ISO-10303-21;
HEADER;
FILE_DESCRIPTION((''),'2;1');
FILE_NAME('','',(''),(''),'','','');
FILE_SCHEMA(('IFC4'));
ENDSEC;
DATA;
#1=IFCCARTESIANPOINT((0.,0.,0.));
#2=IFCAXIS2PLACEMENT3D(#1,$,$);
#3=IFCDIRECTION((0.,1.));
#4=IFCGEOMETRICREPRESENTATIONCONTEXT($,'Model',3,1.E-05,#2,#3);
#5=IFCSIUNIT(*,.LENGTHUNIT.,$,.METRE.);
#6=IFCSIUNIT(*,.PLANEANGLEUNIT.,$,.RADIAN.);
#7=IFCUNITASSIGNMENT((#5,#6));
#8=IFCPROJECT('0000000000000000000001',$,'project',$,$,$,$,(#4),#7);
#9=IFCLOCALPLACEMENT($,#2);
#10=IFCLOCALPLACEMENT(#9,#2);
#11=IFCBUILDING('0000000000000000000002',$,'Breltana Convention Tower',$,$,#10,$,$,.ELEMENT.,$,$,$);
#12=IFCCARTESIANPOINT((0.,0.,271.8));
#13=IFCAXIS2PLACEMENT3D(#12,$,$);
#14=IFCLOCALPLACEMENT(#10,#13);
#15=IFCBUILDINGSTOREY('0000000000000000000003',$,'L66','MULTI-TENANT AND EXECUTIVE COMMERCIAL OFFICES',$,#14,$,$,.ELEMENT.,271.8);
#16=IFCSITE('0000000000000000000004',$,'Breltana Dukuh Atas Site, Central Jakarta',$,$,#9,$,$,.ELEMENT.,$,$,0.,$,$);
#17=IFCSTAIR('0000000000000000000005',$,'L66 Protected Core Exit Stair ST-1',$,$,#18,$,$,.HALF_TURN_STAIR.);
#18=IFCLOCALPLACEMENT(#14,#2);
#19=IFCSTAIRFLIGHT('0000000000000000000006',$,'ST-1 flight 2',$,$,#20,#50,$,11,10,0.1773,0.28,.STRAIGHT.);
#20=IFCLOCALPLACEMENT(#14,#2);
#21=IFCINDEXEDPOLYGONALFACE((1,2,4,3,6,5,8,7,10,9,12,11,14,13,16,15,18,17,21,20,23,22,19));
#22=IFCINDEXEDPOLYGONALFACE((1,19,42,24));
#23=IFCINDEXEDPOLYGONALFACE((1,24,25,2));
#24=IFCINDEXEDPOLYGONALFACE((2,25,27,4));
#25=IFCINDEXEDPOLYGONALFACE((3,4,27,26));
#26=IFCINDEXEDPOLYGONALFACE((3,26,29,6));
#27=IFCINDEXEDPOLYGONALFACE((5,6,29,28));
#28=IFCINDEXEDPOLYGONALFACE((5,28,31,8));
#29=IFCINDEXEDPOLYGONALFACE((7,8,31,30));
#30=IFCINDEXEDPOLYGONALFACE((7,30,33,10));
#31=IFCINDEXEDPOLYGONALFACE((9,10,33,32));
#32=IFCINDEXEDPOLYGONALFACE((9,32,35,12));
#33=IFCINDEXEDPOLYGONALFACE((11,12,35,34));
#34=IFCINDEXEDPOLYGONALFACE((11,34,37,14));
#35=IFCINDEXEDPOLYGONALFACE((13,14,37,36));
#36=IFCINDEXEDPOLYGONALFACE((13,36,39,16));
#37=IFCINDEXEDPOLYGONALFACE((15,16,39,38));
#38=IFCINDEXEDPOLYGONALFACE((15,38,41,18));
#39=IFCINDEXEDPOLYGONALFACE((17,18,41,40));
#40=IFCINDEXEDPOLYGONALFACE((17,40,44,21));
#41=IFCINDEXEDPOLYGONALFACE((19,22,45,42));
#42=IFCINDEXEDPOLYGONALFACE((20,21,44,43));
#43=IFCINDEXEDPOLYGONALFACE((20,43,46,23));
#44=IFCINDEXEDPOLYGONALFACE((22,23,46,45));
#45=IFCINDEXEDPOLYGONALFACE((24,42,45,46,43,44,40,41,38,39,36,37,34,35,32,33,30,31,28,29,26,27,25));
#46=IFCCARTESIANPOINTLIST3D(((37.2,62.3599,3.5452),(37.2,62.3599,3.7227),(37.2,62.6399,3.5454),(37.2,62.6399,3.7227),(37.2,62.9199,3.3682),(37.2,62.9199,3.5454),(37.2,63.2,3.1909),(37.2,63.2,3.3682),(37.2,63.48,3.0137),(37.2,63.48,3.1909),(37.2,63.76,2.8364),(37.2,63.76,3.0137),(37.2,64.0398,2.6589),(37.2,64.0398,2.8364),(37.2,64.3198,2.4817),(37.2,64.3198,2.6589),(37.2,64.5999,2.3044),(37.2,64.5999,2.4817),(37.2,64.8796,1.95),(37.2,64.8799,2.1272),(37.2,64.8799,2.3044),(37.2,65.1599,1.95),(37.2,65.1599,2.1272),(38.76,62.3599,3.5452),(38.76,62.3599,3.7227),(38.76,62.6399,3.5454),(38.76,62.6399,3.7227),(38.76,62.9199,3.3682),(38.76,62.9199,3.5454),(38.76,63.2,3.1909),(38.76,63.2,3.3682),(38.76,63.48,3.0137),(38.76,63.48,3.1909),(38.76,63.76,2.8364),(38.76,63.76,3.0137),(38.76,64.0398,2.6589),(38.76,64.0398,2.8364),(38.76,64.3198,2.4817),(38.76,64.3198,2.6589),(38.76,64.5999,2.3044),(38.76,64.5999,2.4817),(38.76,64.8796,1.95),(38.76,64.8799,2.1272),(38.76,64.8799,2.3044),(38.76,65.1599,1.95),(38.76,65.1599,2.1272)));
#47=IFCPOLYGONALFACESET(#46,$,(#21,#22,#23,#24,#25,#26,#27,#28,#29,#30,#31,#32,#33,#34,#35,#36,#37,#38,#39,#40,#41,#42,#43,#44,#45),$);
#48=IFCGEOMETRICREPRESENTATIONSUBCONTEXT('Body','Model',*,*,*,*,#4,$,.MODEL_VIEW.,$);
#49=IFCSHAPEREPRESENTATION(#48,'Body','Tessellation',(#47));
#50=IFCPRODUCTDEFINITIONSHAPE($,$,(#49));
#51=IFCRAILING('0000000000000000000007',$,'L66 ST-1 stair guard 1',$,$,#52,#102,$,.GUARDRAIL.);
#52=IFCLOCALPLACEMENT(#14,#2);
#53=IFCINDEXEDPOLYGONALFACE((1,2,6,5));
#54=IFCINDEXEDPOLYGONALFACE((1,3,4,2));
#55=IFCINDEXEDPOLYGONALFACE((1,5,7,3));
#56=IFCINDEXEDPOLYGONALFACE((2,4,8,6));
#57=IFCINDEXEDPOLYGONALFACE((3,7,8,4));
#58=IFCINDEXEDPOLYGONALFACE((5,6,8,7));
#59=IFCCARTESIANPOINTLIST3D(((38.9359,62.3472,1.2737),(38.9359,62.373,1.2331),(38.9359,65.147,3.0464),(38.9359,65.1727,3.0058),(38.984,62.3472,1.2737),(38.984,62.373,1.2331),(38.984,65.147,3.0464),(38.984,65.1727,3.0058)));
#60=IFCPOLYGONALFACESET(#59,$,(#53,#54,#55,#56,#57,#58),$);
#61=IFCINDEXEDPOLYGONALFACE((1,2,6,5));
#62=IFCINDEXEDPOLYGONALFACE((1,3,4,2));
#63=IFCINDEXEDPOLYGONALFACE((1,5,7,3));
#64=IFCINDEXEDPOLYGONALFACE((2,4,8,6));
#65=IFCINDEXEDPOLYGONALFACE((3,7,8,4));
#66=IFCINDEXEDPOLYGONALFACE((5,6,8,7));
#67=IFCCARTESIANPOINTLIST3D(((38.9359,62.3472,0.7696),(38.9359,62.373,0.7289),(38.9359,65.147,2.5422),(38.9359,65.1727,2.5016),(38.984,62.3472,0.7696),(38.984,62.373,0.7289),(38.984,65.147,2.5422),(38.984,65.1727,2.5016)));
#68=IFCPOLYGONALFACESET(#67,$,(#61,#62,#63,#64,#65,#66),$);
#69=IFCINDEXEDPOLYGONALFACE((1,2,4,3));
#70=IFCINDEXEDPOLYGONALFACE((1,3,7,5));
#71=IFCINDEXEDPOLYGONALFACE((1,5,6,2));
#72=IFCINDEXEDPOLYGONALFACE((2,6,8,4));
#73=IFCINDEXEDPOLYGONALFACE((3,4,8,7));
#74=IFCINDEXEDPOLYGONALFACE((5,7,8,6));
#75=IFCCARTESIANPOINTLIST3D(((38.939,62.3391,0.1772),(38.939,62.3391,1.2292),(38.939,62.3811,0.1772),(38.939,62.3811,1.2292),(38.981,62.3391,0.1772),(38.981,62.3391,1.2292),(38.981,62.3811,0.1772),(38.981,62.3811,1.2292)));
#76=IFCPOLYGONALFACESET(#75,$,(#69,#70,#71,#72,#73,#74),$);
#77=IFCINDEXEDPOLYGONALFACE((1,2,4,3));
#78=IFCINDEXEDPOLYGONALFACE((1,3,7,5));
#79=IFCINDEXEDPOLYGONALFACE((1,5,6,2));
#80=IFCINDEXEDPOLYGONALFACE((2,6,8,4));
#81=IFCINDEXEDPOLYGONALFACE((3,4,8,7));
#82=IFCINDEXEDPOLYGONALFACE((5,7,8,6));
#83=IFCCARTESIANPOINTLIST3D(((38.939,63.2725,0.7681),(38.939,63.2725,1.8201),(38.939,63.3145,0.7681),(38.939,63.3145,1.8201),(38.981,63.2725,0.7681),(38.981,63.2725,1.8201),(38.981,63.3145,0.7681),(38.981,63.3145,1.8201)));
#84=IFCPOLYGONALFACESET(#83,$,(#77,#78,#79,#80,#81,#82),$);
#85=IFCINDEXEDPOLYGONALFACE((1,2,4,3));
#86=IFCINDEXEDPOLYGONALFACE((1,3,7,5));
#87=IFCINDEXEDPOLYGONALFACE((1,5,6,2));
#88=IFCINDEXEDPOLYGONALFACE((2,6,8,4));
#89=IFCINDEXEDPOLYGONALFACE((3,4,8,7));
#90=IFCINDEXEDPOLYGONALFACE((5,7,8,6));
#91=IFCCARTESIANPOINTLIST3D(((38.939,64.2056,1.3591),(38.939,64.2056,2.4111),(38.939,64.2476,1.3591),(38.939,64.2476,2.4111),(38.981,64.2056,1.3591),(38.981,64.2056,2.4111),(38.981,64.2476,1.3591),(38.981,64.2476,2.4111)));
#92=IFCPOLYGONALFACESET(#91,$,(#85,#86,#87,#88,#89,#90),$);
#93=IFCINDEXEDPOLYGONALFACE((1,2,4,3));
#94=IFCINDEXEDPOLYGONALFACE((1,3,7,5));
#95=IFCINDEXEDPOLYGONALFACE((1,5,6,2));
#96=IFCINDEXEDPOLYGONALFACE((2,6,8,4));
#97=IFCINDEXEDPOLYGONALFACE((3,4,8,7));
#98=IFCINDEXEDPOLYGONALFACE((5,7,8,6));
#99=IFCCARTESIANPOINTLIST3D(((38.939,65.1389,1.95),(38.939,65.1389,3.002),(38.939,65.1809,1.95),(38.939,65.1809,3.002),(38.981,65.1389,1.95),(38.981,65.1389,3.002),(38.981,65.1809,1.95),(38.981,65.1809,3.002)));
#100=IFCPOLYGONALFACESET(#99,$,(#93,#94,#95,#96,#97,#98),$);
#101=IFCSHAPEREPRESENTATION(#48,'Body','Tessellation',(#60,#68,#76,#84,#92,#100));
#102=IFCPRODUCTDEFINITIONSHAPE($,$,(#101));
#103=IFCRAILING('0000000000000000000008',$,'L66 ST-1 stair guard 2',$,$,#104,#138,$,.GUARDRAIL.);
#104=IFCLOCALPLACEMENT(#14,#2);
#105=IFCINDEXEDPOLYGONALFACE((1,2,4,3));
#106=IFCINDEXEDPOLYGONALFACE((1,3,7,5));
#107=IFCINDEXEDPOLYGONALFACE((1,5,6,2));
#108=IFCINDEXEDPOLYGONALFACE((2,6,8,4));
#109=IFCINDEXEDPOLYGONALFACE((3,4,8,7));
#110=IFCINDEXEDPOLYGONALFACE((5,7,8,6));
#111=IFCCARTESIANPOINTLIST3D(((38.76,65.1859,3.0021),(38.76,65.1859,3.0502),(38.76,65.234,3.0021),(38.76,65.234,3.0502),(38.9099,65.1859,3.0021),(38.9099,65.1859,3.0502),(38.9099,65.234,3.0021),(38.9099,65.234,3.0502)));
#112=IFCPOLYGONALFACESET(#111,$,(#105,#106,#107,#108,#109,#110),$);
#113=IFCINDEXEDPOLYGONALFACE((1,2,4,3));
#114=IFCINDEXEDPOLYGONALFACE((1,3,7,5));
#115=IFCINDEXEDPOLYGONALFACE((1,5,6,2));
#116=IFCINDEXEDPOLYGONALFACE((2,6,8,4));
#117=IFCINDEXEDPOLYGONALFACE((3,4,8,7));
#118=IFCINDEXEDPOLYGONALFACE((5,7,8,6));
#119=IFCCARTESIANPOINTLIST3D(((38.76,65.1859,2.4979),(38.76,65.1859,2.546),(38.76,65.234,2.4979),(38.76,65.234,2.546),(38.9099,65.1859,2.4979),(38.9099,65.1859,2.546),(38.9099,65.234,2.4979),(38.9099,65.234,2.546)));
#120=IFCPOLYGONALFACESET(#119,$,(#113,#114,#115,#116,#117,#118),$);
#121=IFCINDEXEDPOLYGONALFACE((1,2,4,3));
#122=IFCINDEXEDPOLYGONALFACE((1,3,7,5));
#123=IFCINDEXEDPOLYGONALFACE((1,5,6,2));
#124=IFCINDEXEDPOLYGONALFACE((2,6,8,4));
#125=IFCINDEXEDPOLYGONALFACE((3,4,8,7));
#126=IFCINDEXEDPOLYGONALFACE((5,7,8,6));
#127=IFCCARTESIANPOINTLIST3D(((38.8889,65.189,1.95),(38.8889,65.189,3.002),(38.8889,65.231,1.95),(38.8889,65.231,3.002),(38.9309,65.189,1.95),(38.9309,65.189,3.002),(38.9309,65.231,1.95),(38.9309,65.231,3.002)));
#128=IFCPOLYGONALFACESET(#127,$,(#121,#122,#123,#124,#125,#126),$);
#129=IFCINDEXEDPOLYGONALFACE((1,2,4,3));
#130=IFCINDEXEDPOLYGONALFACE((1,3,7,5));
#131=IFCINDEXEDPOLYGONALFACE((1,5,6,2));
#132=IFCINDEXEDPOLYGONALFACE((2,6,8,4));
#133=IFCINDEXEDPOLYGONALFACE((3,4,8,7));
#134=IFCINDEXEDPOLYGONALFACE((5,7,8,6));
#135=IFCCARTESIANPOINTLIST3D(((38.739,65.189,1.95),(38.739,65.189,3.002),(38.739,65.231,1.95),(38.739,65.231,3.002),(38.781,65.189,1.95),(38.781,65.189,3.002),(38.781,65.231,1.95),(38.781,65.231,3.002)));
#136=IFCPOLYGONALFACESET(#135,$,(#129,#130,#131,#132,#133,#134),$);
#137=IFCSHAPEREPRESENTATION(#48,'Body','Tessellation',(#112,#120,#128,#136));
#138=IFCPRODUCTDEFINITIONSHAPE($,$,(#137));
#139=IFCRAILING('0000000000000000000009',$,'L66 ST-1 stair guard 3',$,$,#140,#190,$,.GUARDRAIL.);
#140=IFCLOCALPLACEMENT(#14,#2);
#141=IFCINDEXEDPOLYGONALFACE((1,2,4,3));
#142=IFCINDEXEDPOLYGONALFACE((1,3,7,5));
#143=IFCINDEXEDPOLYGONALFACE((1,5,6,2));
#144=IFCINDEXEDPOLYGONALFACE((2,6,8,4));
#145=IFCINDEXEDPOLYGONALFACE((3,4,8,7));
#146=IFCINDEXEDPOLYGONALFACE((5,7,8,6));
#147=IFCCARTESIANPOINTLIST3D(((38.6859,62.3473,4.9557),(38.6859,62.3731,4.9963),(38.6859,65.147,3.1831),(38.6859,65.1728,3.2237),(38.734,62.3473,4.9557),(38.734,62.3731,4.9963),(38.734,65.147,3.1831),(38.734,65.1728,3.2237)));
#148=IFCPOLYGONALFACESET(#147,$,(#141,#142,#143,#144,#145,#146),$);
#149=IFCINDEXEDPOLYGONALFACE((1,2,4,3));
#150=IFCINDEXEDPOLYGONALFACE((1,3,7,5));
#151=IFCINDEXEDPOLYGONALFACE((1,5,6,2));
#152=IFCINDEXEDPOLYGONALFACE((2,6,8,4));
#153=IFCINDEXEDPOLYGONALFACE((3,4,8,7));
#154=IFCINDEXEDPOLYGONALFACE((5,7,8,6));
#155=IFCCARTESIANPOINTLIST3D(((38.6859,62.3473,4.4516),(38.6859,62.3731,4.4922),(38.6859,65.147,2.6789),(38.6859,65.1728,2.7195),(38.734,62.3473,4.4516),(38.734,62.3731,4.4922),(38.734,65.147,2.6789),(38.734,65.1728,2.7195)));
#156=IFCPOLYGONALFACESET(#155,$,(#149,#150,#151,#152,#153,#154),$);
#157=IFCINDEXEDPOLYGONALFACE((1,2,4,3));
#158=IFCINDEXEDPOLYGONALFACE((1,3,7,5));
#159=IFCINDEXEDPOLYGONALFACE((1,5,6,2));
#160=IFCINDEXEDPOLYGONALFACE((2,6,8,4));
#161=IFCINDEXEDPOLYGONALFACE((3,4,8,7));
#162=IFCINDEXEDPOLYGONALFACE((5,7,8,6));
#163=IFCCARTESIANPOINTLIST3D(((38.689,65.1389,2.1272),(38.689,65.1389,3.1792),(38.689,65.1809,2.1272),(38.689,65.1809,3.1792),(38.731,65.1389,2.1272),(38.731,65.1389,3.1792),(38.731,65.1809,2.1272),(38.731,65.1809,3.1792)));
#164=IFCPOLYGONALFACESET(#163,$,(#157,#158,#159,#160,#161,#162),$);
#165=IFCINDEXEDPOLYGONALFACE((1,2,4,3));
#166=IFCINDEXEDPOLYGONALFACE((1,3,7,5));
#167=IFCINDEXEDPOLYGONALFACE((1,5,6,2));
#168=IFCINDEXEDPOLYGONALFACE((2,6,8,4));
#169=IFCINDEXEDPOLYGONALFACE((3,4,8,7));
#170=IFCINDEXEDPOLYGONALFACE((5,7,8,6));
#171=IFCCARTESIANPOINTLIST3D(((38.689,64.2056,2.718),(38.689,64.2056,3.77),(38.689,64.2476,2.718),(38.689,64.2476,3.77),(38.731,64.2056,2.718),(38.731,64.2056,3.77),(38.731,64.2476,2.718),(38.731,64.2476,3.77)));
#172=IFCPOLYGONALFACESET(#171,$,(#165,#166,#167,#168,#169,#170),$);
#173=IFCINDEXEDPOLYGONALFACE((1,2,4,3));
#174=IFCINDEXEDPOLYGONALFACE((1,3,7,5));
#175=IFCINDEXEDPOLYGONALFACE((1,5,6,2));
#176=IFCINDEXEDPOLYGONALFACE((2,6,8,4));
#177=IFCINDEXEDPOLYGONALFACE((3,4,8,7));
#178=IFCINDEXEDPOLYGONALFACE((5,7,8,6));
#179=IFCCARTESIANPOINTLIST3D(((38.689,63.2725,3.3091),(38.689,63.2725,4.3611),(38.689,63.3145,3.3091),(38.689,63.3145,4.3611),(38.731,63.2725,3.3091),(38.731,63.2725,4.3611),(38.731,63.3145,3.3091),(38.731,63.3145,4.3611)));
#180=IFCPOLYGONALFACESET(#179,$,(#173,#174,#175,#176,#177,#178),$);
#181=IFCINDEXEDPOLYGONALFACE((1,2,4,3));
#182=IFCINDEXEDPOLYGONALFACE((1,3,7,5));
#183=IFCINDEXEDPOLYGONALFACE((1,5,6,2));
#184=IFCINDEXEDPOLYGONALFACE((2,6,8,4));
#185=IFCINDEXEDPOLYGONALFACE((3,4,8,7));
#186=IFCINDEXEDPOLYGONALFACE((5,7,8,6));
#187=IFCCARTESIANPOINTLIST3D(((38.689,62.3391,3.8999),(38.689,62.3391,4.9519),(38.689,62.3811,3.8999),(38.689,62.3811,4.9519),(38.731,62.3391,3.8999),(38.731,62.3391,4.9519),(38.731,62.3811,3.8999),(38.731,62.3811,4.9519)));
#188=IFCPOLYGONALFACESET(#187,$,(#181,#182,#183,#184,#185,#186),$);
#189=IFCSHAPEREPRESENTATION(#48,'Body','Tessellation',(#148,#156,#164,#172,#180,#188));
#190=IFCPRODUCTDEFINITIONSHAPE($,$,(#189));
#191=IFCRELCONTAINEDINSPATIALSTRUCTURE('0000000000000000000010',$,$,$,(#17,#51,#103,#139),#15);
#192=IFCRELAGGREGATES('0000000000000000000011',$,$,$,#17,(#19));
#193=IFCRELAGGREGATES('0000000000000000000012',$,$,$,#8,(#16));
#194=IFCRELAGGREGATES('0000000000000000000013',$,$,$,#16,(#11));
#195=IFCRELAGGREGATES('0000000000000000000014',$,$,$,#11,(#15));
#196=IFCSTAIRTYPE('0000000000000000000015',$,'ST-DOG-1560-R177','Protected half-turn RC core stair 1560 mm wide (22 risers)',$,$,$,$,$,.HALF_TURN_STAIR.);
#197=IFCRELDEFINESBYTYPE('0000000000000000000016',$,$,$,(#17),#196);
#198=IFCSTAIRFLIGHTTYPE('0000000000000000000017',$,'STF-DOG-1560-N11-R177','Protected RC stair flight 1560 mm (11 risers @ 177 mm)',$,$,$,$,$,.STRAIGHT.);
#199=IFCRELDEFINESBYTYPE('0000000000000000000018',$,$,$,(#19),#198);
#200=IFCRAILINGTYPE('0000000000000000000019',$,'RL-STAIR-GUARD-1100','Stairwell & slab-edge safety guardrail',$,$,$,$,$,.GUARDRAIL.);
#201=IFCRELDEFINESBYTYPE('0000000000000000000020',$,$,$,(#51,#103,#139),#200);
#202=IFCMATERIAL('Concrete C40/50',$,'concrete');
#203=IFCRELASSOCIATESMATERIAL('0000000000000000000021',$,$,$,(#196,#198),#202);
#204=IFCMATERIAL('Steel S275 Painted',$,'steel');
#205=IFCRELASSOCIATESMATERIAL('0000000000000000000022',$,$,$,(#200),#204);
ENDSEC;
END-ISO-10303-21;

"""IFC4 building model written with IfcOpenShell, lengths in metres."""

from ifc_helpers import new_model, si_unit, direction, frame, origin, origin_2d, place, context, subcontext, project, spatial, polyline, rectangle, outline, extrude, material, type_object, element, aggregate, save


model = new_model("IFC4")

# Units and contexts
model_context = context("Model", 3, precision=1e-05, world=origin(), true_north=direction((0.0, 1.0)))
body_context = subcontext(model_context, "Body", "Model", "MODEL_VIEW")
ifc_project = project(units=[si_unit("LENGTHUNIT", "METRE"), si_unit("PLANEANGLEUNIT", "RADIAN")], contexts=[model_context])

# Site, building, storey
site_placement = place(None, origin())
site = spatial("IfcSite", under=ifc_project, at=site_placement, Name="Breltana Dukuh Atas Site, Central Jakarta", CompositionType="ELEMENT", RefElevation=0.0)
building_placement = place(site_placement, origin())
building = spatial("IfcBuilding", under=site, at=building_placement, Name="Breltana Convention Tower", CompositionType="ELEMENT")
storey_placement = place(building_placement, frame((0.0, 0.0, 271.8)))
storey = spatial("IfcBuildingStorey", under=building, at=storey_placement, Name="L66", Description="MULTI-TENANT AND EXECUTIVE COMMERCIAL OFFICES", CompositionType="ELEMENT", Elevation=271.8)

# Stair, stair flight
ifc_material_1 = material(Name="Concrete C40/50", Category="concrete")
stair_type = type_object("IfcStairType", Name="ST-DOG-1560-R177", Description="Protected half-turn RC core stair 1560 mm wide (22 risers)", PredefinedType="HALF_TURN_STAIR", material=ifc_material_1)
stair_placement = place(storey_placement, origin())
stair = element("IfcStair", 1, at=stair_placement, inside=storey, type_object=stair_type, Name="L66 Protected Core Exit Stair ST-1", PredefinedType="HALF_TURN_STAIR")
stair_flight_type = type_object("IfcStairFlightType", Name="STF-DOG-1560-N11-R177", Description="Protected RC stair flight 1560 mm (11 risers @ 177 mm)", PredefinedType="STRAIGHT", material=ifc_material_1)
stair_flight_1_placement = place(storey_placement, frame((37.98, 65.1599, 1.95), z_axis=(0.0, 0.0, 1.0), x_axis=(0.0, -1.0, 0.0)))
stair_flight_1 = element("IfcStairFlight", 2, at=stair_flight_1_placement, type_object=stair_flight_type, Name="ST-1 flight 2", NumberOfRisers=11, NumberOfTreads=10, PredefinedType="STRAIGHT", RiserHeight=0.1773, TreadLength=0.28, context=body_context, shape_type="SweptSolid", body=[
    extrude(outline(polyline([(0.0, 0.0), (0.0, 0.1772), (0.28, 0.1772), (0.28, 0.3545), (0.5601, 0.3545), (0.5601, 0.5317), (0.8401, 0.5317), (0.8401, 0.709), (1.1201, 0.709), (1.1201, 0.8865), (1.3999, 0.8865), (1.3999, 1.0637), (1.6799, 1.0637), (1.6799, 1.241), (1.96, 1.241), (1.96, 1.4182), (2.24, 1.4182), (2.24, 1.5955), (2.52, 1.5955), (2.52, 1.7727), (2.8, 1.7727), (2.8, 1.95), (2.8, 1.5952), (0.2803, 0.0), (0.0, 0.0)])), frame((0.0, 0.78, 0.0), z_axis=(0.0, -1.0, 0.0), x_axis=(1.0, 0.0, 0.0)), (0.0, 0.0, 1.0), 1.5601),
])
aggregate(stair, [stair_flight_1])

# Railings
ifc_material_2 = material(Name="Steel S275 Painted", Category="steel")
railing_type_1 = type_object("IfcRailingType", Name="RL-STAIR-GUARD-1100", Description="Stairwell & slab-edge safety guardrail", PredefinedType="GUARDRAIL", material=ifc_material_2)
railing_1_placement = place(storey_placement, frame((38.96, 62.3601, 0.1772)))
element("IfcRailing", 3, at=railing_1_placement, inside=storey, type_object=railing_type_1, Name="L66 ST-1 stair guard 1", PredefinedType="GUARDRAIL", context=body_context, shape_type="SweptSolid", body=[
    extrude(rectangle(XDim=0.0481, YDim=0.0481, at=origin_2d()), frame((0.0, 0.0, 1.0762), z_axis=(0.0, 0.844888, 0.534943), x_axis=(-1.0, 0.0, 0.0)), (0.0, 0.0, 1.0), 3.3137),
    extrude(rectangle(XDim=0.0481, YDim=0.0481, at=origin_2d()), frame((0.0, 0.0, 0.572), z_axis=(0.0, 0.844888, 0.534943), x_axis=(-1.0, 0.0, 0.0)), (0.0, 0.0, 1.0), 3.3137),
    extrude(rectangle(XDim=0.042, YDim=0.042, at=origin_2d()), origin(), (0.0, 0.0, 1.0), 1.052),
    extrude(rectangle(XDim=0.042, YDim=0.042, at=origin_2d()), frame((0.0, 0.9333, 0.5908)), (0.0, 0.0, 1.0), 1.052),
    extrude(rectangle(XDim=0.042, YDim=0.042, at=origin_2d()), frame((0.0, 1.8665, 1.1819)), (0.0, 0.0, 1.0), 1.052),
    extrude(rectangle(XDim=0.042, YDim=0.042, at=origin_2d()), frame((0.0, 2.7998, 1.7727)), (0.0, 0.0, 1.0), 1.052),
])
railing_2_placement = place(storey_placement, frame((38.9099, 65.21, 1.95)))
element("IfcRailing", 4, at=railing_2_placement, inside=storey, type_object=railing_type_1, Name="L66 ST-1 stair guard 2", PredefinedType="GUARDRAIL", context=body_context, shape_type="SweptSolid", body=[
    extrude(rectangle(XDim=0.0481, YDim=0.0481, at=origin_2d()), frame((0.0, 0.0, 1.0762), z_axis=(-1.0, 0.0, 0.0), x_axis=(0.0, -1.0, 0.0)), (0.0, 0.0, 1.0), 0.1499),
    extrude(rectangle(XDim=0.0481, YDim=0.0481, at=origin_2d()), frame((0.0, 0.0, 0.572), z_axis=(-1.0, 0.0, 0.0), x_axis=(0.0, -1.0, 0.0)), (0.0, 0.0, 1.0), 0.1499),
    extrude(rectangle(XDim=0.042, YDim=0.042, at=origin_2d()), origin(), (0.0, 0.0, 1.0), 1.052),
    extrude(rectangle(XDim=0.042, YDim=0.042, at=origin_2d()), frame((-0.1499, 0.0, 0.0)), (0.0, 0.0, 1.0), 1.052),
])
railing_3_placement = place(storey_placement, frame((38.71, 65.1599, 2.1272)))
element("IfcRailing", 5, at=railing_3_placement, inside=storey, type_object=railing_type_1, Name="L66 ST-1 stair guard 3", PredefinedType="GUARDRAIL", context=body_context, shape_type="SweptSolid", body=[
    extrude(rectangle(XDim=0.0481, YDim=0.0481, at=origin_2d()), frame((0.0, 0.0, 1.0762), z_axis=(0.0, -0.844888, 0.534943), x_axis=(1.0, 0.0, 0.0)), (0.0, 0.0, 1.0), 3.3137),
    extrude(rectangle(XDim=0.0481, YDim=0.0481, at=origin_2d()), frame((0.0, 0.0, 0.572), z_axis=(0.0, -0.844888, 0.534943), x_axis=(1.0, 0.0, 0.0)), (0.0, 0.0, 1.0), 3.3137),
    extrude(rectangle(XDim=0.042, YDim=0.042, at=origin_2d()), origin(), (0.0, 0.0, 1.0), 1.052),
    extrude(rectangle(XDim=0.042, YDim=0.042, at=origin_2d()), frame((0.0, -0.9333, 0.5908)), (0.0, 0.0, 1.0), 1.052),
    extrude(rectangle(XDim=0.042, YDim=0.042, at=origin_2d()), frame((0.0, -1.8665, 1.1819)), (0.0, 0.0, 1.0), 1.052),
    extrude(rectangle(XDim=0.042, YDim=0.042, at=origin_2d()), frame((0.0, -2.7998, 1.7727)), (0.0, 0.0, 1.0), 1.052),
])

save(model, "model.ifc")
